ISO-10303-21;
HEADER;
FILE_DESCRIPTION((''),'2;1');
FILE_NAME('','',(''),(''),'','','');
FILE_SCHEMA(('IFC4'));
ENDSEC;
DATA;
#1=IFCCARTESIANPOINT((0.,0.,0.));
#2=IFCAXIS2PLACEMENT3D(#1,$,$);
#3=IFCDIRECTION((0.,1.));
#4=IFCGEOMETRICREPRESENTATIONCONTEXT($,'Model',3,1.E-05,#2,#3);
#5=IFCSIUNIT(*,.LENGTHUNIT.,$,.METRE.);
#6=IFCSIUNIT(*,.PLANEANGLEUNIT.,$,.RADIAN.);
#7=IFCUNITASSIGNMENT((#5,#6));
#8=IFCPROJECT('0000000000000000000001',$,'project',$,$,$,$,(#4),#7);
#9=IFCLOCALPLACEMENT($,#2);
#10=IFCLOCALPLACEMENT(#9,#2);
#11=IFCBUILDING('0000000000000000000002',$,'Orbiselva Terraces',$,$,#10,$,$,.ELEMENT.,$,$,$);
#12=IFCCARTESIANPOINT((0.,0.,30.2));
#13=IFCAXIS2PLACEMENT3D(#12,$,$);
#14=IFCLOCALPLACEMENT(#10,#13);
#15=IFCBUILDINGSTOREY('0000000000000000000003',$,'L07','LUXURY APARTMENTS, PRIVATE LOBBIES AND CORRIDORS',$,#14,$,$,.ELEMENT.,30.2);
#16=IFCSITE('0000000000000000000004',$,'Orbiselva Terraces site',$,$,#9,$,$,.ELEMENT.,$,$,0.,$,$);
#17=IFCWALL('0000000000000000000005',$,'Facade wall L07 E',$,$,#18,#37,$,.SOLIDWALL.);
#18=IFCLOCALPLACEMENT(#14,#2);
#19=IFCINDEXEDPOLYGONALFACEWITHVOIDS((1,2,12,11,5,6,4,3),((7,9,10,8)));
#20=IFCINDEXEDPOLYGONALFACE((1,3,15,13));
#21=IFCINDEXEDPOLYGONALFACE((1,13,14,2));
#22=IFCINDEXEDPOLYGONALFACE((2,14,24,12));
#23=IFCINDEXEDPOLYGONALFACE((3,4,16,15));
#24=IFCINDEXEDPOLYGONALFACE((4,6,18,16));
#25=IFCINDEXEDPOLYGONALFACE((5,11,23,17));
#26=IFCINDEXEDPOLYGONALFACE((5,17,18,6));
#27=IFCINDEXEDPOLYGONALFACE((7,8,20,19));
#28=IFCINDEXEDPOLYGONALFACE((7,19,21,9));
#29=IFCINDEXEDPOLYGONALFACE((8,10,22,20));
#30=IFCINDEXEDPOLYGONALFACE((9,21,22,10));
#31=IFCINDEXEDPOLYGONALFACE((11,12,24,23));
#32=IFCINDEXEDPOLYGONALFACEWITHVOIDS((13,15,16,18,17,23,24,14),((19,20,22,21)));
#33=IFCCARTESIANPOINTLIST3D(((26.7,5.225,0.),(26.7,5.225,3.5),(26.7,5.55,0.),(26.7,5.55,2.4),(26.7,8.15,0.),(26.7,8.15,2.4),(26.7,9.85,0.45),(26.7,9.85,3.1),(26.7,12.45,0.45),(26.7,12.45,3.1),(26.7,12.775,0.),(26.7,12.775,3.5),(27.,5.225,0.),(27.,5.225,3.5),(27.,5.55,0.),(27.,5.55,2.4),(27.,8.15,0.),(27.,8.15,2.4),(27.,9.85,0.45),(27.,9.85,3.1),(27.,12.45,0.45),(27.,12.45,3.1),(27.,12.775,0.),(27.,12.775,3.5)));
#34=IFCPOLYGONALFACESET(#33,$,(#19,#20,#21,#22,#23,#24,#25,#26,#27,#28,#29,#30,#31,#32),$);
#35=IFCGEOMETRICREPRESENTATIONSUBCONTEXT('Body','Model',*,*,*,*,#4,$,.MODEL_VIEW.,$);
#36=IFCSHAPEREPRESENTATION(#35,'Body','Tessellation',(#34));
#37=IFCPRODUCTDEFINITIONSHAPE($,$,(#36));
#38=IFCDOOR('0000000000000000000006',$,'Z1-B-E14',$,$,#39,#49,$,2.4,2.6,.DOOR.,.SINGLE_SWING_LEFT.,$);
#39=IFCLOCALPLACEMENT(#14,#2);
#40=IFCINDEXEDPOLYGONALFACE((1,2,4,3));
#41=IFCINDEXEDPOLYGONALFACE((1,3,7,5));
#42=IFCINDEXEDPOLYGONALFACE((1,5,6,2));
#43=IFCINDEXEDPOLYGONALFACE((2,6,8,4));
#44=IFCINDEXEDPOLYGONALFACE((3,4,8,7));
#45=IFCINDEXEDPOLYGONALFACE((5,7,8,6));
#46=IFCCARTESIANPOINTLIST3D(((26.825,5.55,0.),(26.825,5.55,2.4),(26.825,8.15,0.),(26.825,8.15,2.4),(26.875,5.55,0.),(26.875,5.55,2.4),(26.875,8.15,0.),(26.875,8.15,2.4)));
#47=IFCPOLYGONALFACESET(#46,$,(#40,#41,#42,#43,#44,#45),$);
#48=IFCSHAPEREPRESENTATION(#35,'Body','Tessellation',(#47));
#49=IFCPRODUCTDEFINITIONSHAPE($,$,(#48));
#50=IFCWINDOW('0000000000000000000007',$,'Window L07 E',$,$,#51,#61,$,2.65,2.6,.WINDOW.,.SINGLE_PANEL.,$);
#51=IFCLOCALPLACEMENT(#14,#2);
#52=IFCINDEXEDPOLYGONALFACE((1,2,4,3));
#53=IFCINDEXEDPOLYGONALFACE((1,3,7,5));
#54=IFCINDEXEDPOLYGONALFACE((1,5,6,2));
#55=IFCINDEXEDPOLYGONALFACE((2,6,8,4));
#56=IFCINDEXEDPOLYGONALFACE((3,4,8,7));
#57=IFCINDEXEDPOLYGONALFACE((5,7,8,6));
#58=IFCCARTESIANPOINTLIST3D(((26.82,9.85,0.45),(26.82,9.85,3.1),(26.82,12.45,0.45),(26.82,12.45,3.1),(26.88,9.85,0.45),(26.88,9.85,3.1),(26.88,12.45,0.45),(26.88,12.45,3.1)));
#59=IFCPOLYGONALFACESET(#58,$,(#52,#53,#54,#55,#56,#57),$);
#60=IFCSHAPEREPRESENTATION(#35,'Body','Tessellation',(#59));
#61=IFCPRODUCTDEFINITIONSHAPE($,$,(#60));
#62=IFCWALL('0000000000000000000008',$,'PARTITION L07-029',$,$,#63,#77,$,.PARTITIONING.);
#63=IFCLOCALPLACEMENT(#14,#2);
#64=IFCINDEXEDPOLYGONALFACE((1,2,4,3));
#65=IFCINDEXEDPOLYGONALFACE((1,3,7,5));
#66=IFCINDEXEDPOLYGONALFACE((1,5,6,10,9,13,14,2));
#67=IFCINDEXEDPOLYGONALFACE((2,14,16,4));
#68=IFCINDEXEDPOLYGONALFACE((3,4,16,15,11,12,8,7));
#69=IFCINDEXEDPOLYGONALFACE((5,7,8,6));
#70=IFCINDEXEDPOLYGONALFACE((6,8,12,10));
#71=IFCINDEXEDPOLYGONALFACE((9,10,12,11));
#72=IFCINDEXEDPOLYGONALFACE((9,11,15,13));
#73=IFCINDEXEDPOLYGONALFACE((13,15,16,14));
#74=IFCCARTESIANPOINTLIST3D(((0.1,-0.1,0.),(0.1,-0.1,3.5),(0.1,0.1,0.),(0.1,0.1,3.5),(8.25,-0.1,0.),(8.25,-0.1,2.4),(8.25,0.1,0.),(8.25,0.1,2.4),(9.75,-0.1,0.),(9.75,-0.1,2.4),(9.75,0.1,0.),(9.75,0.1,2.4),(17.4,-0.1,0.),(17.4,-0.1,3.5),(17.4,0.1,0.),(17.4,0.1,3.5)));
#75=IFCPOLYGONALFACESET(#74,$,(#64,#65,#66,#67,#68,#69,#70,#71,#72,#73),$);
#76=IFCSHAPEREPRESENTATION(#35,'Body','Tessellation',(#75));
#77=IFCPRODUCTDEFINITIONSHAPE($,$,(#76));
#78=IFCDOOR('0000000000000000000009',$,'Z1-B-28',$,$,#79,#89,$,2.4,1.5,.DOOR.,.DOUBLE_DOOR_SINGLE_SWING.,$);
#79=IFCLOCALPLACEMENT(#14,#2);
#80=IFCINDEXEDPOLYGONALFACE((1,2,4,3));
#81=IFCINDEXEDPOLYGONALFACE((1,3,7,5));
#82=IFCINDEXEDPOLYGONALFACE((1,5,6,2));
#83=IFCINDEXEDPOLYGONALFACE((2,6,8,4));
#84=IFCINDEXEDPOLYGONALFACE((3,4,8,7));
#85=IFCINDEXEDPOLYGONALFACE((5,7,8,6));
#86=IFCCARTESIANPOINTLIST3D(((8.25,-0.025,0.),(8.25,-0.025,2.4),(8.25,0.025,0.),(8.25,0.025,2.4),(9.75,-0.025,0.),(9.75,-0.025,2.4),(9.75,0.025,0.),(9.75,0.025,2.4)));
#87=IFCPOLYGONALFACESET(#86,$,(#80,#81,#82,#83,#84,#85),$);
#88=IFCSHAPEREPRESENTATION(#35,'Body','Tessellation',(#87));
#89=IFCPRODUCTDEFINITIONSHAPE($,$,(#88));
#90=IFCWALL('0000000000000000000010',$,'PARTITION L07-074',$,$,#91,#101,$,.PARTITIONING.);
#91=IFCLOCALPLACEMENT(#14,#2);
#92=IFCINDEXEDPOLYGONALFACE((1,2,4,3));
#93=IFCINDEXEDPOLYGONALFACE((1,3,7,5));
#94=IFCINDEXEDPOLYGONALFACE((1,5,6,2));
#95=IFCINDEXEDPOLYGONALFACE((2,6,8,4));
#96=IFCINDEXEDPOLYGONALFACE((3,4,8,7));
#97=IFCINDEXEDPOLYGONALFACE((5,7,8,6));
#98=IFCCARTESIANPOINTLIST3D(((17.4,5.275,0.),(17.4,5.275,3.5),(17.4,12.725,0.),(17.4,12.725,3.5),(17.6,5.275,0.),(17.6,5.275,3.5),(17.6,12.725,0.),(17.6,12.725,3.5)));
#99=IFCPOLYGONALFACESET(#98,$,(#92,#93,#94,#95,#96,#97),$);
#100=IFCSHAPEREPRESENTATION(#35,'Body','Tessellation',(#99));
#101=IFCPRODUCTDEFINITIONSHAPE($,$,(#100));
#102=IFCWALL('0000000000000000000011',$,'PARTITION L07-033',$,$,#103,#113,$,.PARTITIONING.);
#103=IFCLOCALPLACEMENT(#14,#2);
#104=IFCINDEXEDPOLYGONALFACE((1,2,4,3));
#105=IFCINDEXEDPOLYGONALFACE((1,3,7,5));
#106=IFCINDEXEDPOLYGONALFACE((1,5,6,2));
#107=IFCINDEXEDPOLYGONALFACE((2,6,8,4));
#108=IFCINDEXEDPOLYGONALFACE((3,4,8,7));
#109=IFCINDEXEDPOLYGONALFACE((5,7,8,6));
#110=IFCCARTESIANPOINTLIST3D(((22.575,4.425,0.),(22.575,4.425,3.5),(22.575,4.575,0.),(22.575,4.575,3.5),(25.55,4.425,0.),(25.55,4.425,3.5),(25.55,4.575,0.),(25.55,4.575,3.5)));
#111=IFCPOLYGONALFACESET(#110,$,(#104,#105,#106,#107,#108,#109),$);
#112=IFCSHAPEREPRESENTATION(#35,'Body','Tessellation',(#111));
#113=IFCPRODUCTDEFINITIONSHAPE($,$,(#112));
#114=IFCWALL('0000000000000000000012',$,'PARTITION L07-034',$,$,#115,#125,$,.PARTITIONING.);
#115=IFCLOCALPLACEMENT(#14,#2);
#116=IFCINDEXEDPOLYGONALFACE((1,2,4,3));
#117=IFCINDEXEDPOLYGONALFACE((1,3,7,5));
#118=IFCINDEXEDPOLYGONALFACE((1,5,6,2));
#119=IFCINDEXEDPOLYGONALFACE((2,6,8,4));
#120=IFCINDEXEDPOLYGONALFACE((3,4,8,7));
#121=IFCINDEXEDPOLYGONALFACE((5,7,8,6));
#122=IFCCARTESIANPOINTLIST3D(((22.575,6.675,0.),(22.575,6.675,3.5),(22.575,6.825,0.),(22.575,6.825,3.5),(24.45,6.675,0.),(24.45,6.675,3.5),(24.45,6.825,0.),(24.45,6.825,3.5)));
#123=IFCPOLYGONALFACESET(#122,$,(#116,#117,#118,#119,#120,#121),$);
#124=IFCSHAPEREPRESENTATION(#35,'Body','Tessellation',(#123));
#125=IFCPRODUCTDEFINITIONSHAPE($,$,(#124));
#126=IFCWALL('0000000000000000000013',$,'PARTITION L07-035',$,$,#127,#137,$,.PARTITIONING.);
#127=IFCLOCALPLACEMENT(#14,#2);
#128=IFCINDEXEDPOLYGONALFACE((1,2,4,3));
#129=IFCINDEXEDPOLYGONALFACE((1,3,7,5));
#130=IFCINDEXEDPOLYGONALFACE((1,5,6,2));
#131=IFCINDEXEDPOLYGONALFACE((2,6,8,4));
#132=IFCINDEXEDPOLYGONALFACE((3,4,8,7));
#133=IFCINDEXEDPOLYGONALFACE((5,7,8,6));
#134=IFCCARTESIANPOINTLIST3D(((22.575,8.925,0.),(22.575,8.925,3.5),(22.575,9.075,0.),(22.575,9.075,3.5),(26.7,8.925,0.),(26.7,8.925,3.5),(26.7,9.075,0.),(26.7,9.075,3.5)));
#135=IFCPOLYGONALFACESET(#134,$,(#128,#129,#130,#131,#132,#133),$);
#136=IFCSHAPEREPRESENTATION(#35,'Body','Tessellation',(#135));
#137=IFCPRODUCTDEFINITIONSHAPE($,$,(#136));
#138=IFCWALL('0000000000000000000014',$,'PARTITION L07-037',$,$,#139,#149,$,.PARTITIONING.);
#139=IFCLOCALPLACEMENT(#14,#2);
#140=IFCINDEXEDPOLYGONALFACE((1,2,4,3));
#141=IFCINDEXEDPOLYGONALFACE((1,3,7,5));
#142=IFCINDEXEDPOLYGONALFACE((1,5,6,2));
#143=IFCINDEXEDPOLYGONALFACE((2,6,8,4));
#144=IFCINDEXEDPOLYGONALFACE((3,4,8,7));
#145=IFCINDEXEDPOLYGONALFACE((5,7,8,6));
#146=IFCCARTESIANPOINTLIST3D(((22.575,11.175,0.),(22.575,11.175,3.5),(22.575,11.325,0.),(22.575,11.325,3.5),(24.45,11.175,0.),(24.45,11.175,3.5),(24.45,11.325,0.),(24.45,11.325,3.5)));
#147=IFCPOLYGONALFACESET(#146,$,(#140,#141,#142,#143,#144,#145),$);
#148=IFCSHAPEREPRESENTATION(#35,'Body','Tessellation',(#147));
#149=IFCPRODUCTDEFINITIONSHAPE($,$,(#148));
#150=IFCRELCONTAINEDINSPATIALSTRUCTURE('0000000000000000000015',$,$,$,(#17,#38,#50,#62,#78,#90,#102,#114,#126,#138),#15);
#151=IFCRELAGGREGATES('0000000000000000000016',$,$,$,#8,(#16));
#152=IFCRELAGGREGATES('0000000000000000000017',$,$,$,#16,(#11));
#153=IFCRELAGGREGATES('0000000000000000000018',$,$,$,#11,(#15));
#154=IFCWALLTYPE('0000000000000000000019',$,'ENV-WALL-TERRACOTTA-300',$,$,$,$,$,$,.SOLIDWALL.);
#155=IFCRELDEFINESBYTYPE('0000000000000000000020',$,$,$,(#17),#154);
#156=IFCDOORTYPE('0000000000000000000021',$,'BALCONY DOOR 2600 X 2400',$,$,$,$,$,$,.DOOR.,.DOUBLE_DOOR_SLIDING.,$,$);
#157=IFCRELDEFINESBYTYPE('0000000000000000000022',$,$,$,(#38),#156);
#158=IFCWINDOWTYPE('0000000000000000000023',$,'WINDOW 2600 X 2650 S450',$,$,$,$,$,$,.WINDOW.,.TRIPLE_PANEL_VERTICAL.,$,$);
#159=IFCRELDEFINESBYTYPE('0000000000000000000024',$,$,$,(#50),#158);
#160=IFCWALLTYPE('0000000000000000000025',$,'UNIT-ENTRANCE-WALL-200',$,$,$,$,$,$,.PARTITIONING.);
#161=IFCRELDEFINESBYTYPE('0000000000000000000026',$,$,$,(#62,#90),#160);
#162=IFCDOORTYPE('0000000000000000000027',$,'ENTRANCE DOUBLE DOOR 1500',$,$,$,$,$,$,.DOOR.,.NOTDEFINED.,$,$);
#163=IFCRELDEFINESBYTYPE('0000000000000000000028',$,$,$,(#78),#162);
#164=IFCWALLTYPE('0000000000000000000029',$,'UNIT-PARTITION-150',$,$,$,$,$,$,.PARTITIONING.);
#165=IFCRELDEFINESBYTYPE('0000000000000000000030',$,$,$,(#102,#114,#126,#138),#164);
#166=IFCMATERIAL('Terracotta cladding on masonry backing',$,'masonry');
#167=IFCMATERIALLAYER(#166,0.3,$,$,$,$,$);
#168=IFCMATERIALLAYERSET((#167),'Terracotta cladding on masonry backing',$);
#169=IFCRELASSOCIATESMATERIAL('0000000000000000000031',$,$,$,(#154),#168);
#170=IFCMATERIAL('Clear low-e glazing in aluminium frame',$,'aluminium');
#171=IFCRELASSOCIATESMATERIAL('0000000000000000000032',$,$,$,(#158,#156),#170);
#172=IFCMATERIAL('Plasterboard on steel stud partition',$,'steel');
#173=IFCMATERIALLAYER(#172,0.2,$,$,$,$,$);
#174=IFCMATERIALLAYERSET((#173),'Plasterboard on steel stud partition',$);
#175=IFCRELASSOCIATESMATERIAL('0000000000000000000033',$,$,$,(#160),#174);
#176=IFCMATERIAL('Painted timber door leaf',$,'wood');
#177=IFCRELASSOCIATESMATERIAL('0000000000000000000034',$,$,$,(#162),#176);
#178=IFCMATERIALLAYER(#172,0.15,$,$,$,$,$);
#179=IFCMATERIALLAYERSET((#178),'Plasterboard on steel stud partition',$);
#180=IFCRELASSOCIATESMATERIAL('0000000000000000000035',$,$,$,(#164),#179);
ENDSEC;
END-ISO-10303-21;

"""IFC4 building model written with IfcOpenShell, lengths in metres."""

from ifc_helpers import new_model, si_unit, direction, frame, frame_2d, origin, place, context, subcontext, project, spatial, rectangle, extrude, material, layer, layer_set, type_object, element, fill, save


model = new_model("IFC4")

# Units and contexts
model_context = context("Model", 3, precision=1e-05, world=origin(), true_north=direction((0.0, 1.0)))
body_context = subcontext(model_context, "Body", "Model", "MODEL_VIEW")
ifc_project = project(units=[si_unit("LENGTHUNIT", "METRE"), si_unit("PLANEANGLEUNIT", "RADIAN")], contexts=[model_context])

# Site, building, storey
site_placement = place(None, origin())
site = spatial("IfcSite", under=ifc_project, at=site_placement, Name="Orbiselva Terraces site", CompositionType="ELEMENT", RefElevation=0.0)
building_placement = place(site_placement, origin())
building = spatial("IfcBuilding", under=site, at=building_placement, Name="Orbiselva Terraces", CompositionType="ELEMENT")
storey_placement = place(building_placement, frame((0.0, 0.0, 30.2)))
storey = spatial("IfcBuildingStorey", under=building, at=storey_placement, Name="L07", Description="LUXURY APARTMENTS, PRIVATE LOBBIES AND CORRIDORS", CompositionType="ELEMENT", Elevation=30.2)

# Shared definitions
ifc_material_1 = material(Name="Terracotta cladding on masonry backing", Category="masonry")
ifc_layer_1 = layer(ifc_material_1, 0.3)
ifc_layer_set_1 = layer_set([ifc_layer_1], Name="Terracotta cladding on masonry backing")
wall_type_1 = type_object("IfcWallType", Name="ENV-WALL-TERRACOTTA-300", PredefinedType="SOLIDWALL", material=ifc_layer_set_1)
ifc_material_2 = material(Name="Clear low-e glazing in aluminium frame", Category="aluminium")
window_type = type_object("IfcWindowType", Name="WINDOW 2600 X 2650 S450", PartitioningType="TRIPLE_PANEL_VERTICAL", PredefinedType="WINDOW", material=ifc_material_2)

# Wall, openings, door, window
wall_1_placement = place(storey_placement, frame((26.85, 12.775, 0.0), z_axis=(0.0, 0.0, 1.0), x_axis=(0.0, -1.0, 0.0)))
wall_1 = element("IfcWall", 1, at=wall_1_placement, inside=storey, type_object=wall_type_1, Name="Facade wall L07 E", PredefinedType="SOLIDWALL", context=body_context, shape_type="SweptSolid", body=[
    extrude(rectangle(XDim=7.55, YDim=0.3, at=frame_2d((3.775, 0.0))), origin(), (0.0, 0.0, 1.0), 3.5),
])
opening_1_placement = place(wall_1_placement, frame((4.625, 0.0, 0.0)))
opening_1 = element("IfcOpeningElement", 2, at=opening_1_placement, cuts=wall_1, PredefinedType="OPENING", context=body_context, shape_type="SweptSolid", body=[
    extrude(rectangle(XDim=2.6, YDim=2.4, at=frame_2d((1.3, 1.2))), frame((0.0, 0.16, 0.0), z_axis=(0.0, -1.0, 0.0), x_axis=(1.0, 0.0, 0.0)), (0.0, 0.0, 1.0), 0.32),
])
opening_2_placement = place(wall_1_placement, frame((0.325, 0.0, 0.45)))
opening_2 = element("IfcOpeningElement", 3, at=opening_2_placement, cuts=wall_1, PredefinedType="OPENING", context=body_context, shape_type="SweptSolid", body=[
    extrude(rectangle(XDim=2.6, YDim=2.65, at=frame_2d((1.3, 1.325))), frame((0.0, 0.16, 0.0), z_axis=(0.0, -1.0, 0.0), x_axis=(1.0, 0.0, 0.0)), (0.0, 0.0, 1.0), 0.32),
])
door_type_1 = type_object("IfcDoorType", Name="BALCONY DOOR 2600 X 2400", OperationType="DOUBLE_DOOR_SLIDING", PredefinedType="DOOR", material=ifc_material_2)
door_1_placement = place(opening_1_placement, origin())
door_1 = element("IfcDoor", 4, at=door_1_placement, inside=storey, type_object=door_type_1, Name="Z1-B-E14", OperationType="SINGLE_SWING_LEFT", OverallHeight=2.4, OverallWidth=2.6, PredefinedType="DOOR", context=body_context, shape_type="SweptSolid", body=[
    extrude(rectangle(XDim=2.6, YDim=2.4, at=frame_2d((1.3, 1.2))), frame((0.0, 0.025, 0.0), z_axis=(0.0, -1.0, 0.0), x_axis=(1.0, 0.0, 0.0)), (0.0, 0.0, 1.0), 0.05),
])
fill(opening_1, door_1)
window_1_placement = place(opening_2_placement, origin())
window_1 = element("IfcWindow", 5, at=window_1_placement, inside=storey, type_object=window_type, Name="Window L07 E", OverallHeight=2.65, OverallWidth=2.6, PartitioningType="SINGLE_PANEL", PredefinedType="WINDOW", context=body_context, shape_type="SweptSolid", body=[
    extrude(rectangle(XDim=2.6, YDim=2.65, at=frame_2d((1.3, 1.325))), frame((0.0, 0.03, 0.0), z_axis=(0.0, -1.0, 0.0), x_axis=(1.0, 0.0, 0.0)), (0.0, 0.0, 1.0), 0.06),
])
fill(opening_2, window_1)

# Wall, opening, door
ifc_material_3 = material(Name="Plasterboard on steel stud partition", Category="steel")
ifc_layer_2 = layer(ifc_material_3, 0.2)
ifc_layer_set_2 = layer_set([ifc_layer_2], Name="Plasterboard on steel stud partition")
wall_type_2 = type_object("IfcWallType", Name="UNIT-ENTRANCE-WALL-200", PredefinedType="PARTITIONING", material=ifc_layer_set_2)
wall_2_placement = place(storey_placement, frame((17.4, 0.0, 0.0), z_axis=(0.0, 0.0, 1.0), x_axis=(-1.0, 0.0, 0.0)))
wall_2 = element("IfcWall", 6, at=wall_2_placement, inside=storey, type_object=wall_type_2, Name="PARTITION L07-029", PredefinedType="PARTITIONING", context=body_context, shape_type="SweptSolid", body=[
    extrude(rectangle(XDim=17.3, YDim=0.2, at=frame_2d((8.65, 0.0))), origin(), (0.0, 0.0, 1.0), 3.5),
])
opening_3_placement = place(wall_2_placement, frame((7.65, 0.0, 0.0)))
opening_3 = element("IfcOpeningElement", 7, at=opening_3_placement, cuts=wall_2, PredefinedType="OPENING", context=body_context, shape_type="SweptSolid", body=[
    extrude(rectangle(XDim=1.5, YDim=2.4, at=frame_2d((0.75, 1.2))), frame((0.0, 0.11, 0.0), z_axis=(0.0, -1.0, 0.0), x_axis=(1.0, 0.0, 0.0)), (0.0, 0.0, 1.0), 0.22),
])
ifc_material_4 = material(Name="Painted timber door leaf", Category="wood")
door_type_2 = type_object("IfcDoorType", Name="ENTRANCE DOUBLE DOOR 1500", OperationType="NOTDEFINED", PredefinedType="DOOR", material=ifc_material_4)
door_2_placement = place(opening_3_placement, origin())
door_2 = element("IfcDoor", 8, at=door_2_placement, inside=storey, type_object=door_type_2, Name="Z1-B-28", OperationType="DOUBLE_DOOR_SINGLE_SWING", OverallHeight=2.4, OverallWidth=1.5, PredefinedType="DOOR", context=body_context, shape_type="SweptSolid", body=[
    extrude(rectangle(XDim=1.5, YDim=2.4, at=frame_2d((0.75, 1.2))), frame((0.0, 0.025, 0.0), z_axis=(0.0, -1.0, 0.0), x_axis=(1.0, 0.0, 0.0)), (0.0, 0.0, 1.0), 0.05),
])
fill(opening_3, door_2)

# Walls
wall_3_placement = place(storey_placement, frame((17.5, 5.275, 0.0), z_axis=(0.0, 0.0, 1.0), x_axis=(0.0, 1.0, 0.0)))
element("IfcWall", 9, at=wall_3_placement, inside=storey, type_object=wall_type_2, Name="PARTITION L07-074", PredefinedType="PARTITIONING", context=body_context, shape_type="SweptSolid", body=[
    extrude(rectangle(XDim=7.45, YDim=0.2, at=frame_2d((3.725, 0.0))), origin(), (0.0, 0.0, 1.0), 3.5),
])
ifc_layer_3 = layer(ifc_material_3, 0.15)
ifc_layer_set_3 = layer_set([ifc_layer_3], Name="Plasterboard on steel stud partition")
wall_type_3 = type_object("IfcWallType", Name="UNIT-PARTITION-150", PredefinedType="PARTITIONING", material=ifc_layer_set_3)
wall_4_placement = place(storey_placement, frame((22.575, 4.5, 0.0), z_axis=(0.0, 0.0, 1.0), x_axis=(1.0, 0.0, 0.0)))
element("IfcWall", 10, at=wall_4_placement, inside=storey, type_object=wall_type_3, Name="PARTITION L07-033", PredefinedType="PARTITIONING", context=body_context, shape_type="SweptSolid", body=[
    extrude(rectangle(XDim=2.975, YDim=0.15, at=frame_2d((1.4875, 0.0))), origin(), (0.0, 0.0, 1.0), 3.5),
])
wall_5_placement = place(storey_placement, frame((22.575, 6.75, 0.0), z_axis=(0.0, 0.0, 1.0), x_axis=(1.0, 0.0, 0.0)))
element("IfcWall", 11, at=wall_5_placement, inside=storey, type_object=wall_type_3, Name="PARTITION L07-034", PredefinedType="PARTITIONING", context=body_context, shape_type="SweptSolid", body=[
    extrude(rectangle(XDim=1.875, YDim=0.15, at=frame_2d((0.9375, 0.0))), origin(), (0.0, 0.0, 1.0), 3.5),
])
wall_6_placement = place(storey_placement, frame((22.575, 9.0, 0.0), z_axis=(0.0, 0.0, 1.0), x_axis=(1.0, 0.0, 0.0)))
element("IfcWall", 12, at=wall_6_placement, inside=storey, type_object=wall_type_3, Name="PARTITION L07-035", PredefinedType="PARTITIONING", context=body_context, shape_type="SweptSolid", body=[
    extrude(rectangle(XDim=4.125, YDim=0.15, at=frame_2d((2.0625, 0.0))), origin(), (0.0, 0.0, 1.0), 3.5),
])
wall_7_placement = place(storey_placement, frame((22.575, 11.25, 0.0), z_axis=(0.0, 0.0, 1.0), x_axis=(1.0, 0.0, 0.0)))
element("IfcWall", 13, at=wall_7_placement, inside=storey, type_object=wall_type_3, Name="PARTITION L07-037", PredefinedType="PARTITIONING", context=body_context, shape_type="SweptSolid", body=[
    extrude(rectangle(XDim=1.875, YDim=0.15, at=frame_2d((0.9375, 0.0))), origin(), (0.0, 0.0, 1.0), 3.5),
])

save(model, "model.ifc")
